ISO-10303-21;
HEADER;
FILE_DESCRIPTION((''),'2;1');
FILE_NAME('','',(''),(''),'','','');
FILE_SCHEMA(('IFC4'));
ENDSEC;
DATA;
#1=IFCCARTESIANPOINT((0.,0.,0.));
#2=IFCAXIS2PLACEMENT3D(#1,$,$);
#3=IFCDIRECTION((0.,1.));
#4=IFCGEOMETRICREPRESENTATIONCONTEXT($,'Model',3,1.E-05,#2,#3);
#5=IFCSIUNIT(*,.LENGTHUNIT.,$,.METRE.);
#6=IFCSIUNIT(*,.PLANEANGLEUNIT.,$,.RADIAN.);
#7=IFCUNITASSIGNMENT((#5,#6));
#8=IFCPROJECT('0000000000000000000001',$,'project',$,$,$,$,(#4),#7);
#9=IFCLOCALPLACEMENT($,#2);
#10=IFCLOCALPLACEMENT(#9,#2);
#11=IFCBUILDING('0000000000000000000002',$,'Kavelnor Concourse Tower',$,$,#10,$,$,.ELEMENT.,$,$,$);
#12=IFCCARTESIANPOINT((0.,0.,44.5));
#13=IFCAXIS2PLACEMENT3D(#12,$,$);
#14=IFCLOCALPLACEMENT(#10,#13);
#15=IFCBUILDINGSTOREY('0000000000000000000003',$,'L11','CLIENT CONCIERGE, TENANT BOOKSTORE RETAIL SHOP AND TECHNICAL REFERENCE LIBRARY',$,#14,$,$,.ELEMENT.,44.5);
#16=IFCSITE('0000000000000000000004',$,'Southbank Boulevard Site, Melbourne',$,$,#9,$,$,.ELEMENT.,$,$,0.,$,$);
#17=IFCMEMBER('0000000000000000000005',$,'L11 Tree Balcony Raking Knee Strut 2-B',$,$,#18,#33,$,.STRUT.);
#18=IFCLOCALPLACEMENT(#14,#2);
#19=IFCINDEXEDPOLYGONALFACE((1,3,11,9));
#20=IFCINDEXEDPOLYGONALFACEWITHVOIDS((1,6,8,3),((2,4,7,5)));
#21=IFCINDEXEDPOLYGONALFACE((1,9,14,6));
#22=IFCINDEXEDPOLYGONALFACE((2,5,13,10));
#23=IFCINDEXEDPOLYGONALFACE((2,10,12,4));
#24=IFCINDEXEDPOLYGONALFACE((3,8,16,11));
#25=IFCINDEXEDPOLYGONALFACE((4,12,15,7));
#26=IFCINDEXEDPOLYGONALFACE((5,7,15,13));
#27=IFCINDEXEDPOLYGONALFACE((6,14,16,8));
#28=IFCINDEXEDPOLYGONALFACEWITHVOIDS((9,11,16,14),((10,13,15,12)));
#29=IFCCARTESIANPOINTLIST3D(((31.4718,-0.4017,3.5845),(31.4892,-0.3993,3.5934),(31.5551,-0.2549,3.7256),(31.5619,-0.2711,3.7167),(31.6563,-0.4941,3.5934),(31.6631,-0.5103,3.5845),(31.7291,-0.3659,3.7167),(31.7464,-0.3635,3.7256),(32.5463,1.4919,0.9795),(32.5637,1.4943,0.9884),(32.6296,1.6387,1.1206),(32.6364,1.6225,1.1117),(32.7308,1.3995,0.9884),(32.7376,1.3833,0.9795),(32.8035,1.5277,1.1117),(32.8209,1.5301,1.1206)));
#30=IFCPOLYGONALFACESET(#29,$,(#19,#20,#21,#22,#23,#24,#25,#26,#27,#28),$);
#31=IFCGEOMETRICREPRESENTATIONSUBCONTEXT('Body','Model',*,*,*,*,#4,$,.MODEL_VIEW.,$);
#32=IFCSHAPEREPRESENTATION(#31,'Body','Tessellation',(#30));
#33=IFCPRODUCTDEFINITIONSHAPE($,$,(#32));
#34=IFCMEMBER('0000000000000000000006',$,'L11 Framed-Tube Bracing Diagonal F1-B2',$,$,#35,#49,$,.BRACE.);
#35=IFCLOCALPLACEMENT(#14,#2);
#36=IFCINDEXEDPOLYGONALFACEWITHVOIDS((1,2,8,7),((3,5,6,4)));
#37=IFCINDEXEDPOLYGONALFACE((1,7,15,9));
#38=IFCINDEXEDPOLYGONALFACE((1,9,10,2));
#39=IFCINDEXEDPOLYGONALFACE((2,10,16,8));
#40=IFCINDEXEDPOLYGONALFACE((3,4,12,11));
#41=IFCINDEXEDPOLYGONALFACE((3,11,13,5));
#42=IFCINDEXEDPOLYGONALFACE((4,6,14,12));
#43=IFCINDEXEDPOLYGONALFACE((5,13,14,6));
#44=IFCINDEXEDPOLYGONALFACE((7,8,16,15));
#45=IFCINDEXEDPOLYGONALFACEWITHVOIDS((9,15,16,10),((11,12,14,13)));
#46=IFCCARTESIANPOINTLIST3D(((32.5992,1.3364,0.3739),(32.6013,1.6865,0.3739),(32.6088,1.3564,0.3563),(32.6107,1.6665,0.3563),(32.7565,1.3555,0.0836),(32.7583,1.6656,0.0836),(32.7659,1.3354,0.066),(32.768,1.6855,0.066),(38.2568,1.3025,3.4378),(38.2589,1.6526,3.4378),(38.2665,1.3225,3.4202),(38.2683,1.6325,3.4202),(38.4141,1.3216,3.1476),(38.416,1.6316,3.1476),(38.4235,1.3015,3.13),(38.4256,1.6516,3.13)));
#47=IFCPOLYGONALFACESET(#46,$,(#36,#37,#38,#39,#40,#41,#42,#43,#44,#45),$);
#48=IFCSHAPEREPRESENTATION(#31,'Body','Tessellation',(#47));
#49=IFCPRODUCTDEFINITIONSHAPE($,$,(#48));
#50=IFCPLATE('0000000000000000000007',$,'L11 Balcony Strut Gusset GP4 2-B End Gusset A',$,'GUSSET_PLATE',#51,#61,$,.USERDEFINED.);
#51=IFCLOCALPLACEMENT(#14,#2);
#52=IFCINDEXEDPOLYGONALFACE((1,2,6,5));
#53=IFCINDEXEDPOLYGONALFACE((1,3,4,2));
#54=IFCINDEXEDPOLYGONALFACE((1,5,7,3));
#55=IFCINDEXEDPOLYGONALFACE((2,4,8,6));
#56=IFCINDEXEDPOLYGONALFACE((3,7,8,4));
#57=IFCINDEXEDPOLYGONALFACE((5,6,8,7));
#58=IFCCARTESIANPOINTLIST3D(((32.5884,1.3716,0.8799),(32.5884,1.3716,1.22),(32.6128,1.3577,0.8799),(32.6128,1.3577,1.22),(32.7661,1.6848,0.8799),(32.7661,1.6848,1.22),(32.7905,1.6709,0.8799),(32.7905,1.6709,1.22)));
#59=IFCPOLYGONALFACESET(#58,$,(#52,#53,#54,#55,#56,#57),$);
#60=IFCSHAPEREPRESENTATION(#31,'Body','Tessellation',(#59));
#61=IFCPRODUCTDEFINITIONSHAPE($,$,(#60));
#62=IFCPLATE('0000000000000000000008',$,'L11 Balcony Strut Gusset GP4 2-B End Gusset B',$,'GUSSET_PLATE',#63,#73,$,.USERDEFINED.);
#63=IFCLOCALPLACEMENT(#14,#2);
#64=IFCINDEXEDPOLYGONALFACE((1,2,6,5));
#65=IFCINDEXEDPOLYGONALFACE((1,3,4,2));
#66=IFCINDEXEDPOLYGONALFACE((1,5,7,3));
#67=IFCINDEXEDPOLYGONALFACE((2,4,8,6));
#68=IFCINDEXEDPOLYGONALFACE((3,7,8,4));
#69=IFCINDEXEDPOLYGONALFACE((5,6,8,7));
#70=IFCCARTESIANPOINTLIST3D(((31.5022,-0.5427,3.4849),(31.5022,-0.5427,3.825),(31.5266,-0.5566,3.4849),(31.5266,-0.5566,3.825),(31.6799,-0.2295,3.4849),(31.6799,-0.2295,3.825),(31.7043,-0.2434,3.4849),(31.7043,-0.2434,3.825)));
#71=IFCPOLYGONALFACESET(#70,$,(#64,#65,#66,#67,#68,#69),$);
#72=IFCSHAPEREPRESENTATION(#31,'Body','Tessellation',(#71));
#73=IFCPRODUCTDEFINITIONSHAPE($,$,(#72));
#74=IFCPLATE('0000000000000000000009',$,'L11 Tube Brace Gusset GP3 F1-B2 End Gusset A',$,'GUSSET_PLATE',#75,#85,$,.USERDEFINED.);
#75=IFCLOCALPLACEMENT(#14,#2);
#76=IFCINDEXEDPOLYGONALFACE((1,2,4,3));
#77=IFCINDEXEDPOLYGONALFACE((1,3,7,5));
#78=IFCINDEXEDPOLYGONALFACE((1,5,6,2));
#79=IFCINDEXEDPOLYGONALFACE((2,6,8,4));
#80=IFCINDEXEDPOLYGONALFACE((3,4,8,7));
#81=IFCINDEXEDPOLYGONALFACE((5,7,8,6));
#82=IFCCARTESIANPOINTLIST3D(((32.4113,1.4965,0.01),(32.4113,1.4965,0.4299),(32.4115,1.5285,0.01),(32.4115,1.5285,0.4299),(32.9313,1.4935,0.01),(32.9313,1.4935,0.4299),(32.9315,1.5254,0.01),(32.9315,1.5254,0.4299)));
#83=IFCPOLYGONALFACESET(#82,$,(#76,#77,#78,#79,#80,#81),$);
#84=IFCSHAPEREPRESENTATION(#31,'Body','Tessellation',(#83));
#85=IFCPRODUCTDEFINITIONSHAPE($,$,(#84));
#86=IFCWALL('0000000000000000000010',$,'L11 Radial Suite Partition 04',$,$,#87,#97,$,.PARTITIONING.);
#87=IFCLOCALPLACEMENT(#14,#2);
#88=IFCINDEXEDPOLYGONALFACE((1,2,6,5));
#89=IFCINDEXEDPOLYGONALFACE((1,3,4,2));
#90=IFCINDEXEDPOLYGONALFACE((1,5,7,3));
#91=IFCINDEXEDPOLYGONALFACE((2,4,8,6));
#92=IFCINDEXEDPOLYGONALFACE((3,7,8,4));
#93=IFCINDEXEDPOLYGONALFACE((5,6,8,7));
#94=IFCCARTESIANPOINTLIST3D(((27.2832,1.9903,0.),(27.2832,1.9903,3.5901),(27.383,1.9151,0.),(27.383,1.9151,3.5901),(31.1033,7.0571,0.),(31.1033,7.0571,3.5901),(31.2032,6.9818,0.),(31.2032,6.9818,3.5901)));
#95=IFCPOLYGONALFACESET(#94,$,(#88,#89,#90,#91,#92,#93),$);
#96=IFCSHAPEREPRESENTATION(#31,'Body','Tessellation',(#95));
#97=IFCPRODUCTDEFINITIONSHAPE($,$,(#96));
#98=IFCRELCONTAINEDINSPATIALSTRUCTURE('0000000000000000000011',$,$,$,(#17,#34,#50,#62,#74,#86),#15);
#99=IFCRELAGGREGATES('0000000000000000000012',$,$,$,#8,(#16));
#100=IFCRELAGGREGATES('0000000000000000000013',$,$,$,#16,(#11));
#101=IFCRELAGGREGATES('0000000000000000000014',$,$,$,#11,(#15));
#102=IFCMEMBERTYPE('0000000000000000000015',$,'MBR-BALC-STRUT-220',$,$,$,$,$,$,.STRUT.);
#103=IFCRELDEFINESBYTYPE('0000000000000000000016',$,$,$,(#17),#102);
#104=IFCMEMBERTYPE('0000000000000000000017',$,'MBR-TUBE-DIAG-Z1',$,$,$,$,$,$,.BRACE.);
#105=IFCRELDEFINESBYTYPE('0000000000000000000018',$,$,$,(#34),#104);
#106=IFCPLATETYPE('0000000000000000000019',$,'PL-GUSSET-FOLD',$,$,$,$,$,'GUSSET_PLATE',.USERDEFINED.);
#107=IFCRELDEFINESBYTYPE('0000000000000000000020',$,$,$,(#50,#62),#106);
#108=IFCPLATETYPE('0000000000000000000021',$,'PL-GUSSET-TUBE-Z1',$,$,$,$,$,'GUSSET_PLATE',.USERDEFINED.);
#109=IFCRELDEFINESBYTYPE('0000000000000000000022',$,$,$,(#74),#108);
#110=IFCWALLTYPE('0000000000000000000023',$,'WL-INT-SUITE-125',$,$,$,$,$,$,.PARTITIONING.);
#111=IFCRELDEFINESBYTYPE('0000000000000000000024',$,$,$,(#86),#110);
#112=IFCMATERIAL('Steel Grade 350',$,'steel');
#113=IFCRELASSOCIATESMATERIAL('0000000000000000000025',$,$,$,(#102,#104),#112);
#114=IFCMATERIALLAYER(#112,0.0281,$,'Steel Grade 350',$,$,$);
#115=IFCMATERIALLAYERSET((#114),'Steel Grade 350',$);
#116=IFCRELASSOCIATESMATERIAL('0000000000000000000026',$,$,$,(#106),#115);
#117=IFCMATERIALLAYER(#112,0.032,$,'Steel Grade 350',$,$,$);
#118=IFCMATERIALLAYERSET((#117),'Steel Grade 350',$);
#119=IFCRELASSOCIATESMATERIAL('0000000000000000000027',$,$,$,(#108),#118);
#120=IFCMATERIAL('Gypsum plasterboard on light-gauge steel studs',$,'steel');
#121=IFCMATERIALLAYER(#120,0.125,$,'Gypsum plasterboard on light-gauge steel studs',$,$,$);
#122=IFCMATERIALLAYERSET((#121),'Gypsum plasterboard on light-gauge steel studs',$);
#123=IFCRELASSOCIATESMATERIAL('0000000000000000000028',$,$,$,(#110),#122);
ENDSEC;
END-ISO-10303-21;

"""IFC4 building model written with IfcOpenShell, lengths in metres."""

from ifc_helpers import new_model, si_unit, direction, frame, frame_2d, origin, origin_2d, place, context, subcontext, project, spatial, rectangle, hollow_rectangle, extrude, material, layer, layer_set, material_profile, profile_set, type_object, element, save


model = new_model("IFC4")

# Units and contexts
model_context = context("Model", 3, precision=1e-05, world=origin(), true_north=direction((0.0, 1.0)))
body_context = subcontext(model_context, "Body", "Model", "MODEL_VIEW")
ifc_project = project(units=[si_unit("LENGTHUNIT", "METRE"), si_unit("PLANEANGLEUNIT", "RADIAN")], contexts=[model_context])

# Site, building, storey
site_placement = place(None, origin())
site = spatial("IfcSite", under=ifc_project, at=site_placement, Name="Southbank Boulevard Site, Melbourne", CompositionType="ELEMENT", RefElevation=0.0)
building_placement = place(site_placement, origin())
building = spatial("IfcBuilding", under=site, at=building_placement, Name="Kavelnor Concourse Tower", CompositionType="ELEMENT")
storey_placement = place(building_placement, frame((0.0, 0.0, 44.5)))
storey = spatial("IfcBuildingStorey", under=building, at=storey_placement, Name="L11", Description="CLIENT CONCIERGE, TENANT BOOKSTORE RETAIL SHOP AND TECHNICAL REFERENCE LIBRARY", CompositionType="ELEMENT", Elevation=44.5)

# Shared definitions
ifc_material_1 = material(Name="Steel Grade 350", Category="steel")

# Members
ifc_material_profile_1 = material_profile(ifc_material_1, hollow_rectangle(XDim=0.22, YDim=0.22, WallThickness=0.0139, at=origin_2d()), Name="SHS 220x220x14")
ifc_profile_set_1 = profile_set([ifc_material_profile_1], Name="Steel Grade 350")
member_type_1 = type_object("IfcMemberType", Name="MBR-BALC-STRUT-220", PredefinedType="STRUT", material=ifc_profile_set_1)
member_1_placement = place(storey_placement, frame((32.6836, 1.511, 1.05), z_axis=(-0.316485, -0.55775, 0.767302), x_axis=(0.869737, -0.493516, 0.0)))
element("IfcMember", 1, at=member_1_placement, inside=storey, type_object=member_type_1, Name="L11 Tree Balcony Raking Knee Strut 2-B", PredefinedType="STRUT", context=body_context, shape_type="SweptSolid", body=[
    extrude(hollow_rectangle(XDim=0.22, YDim=0.22, WallThickness=0.0139, at=origin_2d()), origin(), (0.0, 0.0, 1.0), 3.395),
])
ifc_material_profile_2 = material_profile(ifc_material_1, hollow_rectangle(XDim=0.3501, YDim=0.3501, WallThickness=0.02, at=origin_2d()), Name="SHS 350x350x20")
ifc_profile_set_2 = profile_set([ifc_material_profile_2], Name="Steel Grade 350")
member_type_2 = type_object("IfcMemberType", Name="MBR-TUBE-DIAG-Z1", PredefinedType="BRACE", material=ifc_profile_set_2)
member_2_placement = place(storey_placement, frame((32.6836, 1.511, 0.22), z_axis=(0.879321, -0.005274, 0.476201), x_axis=(0.005998, 0.999982, 0.0)))
element("IfcMember", 2, at=member_2_placement, inside=storey, type_object=member_type_2, Name="L11 Framed-Tube Bracing Diagonal F1-B2", PredefinedType="BRACE", context=body_context, shape_type="SweptSolid", body=[
    extrude(hollow_rectangle(XDim=0.3501, YDim=0.3501, WallThickness=0.02, at=origin_2d()), origin(), (0.0, 0.0, 1.0), 6.4341),
])

# Plates
ifc_layer_1 = layer(ifc_material_1, 0.0281, Name="Steel Grade 350")
ifc_layer_set_1 = layer_set([ifc_layer_1], Name="Steel Grade 350")
plate_type_1 = type_object("IfcPlateType", Name="PL-GUSSET-FOLD", ElementType="GUSSET_PLATE", PredefinedType="USERDEFINED", material=ifc_layer_set_1)
for number, where, z_axis, x_axis, name in (
    (3, (32.6895, 1.5212, 0.8799), (0.0, 0.0, 1.0), (-0.493487, -0.869753, 0.0), "L11 Balcony Strut Gusset GP4 2-B End Gusset A"),
    (4, (31.6033, -0.3931, 3.4849), (0.0, 0.0, 1.0), (-0.493487, -0.869753, 0.0), "L11 Balcony Strut Gusset GP4 2-B End Gusset B"),
):
    element("IfcPlate", number, at=place(storey_placement, frame(where, z_axis=z_axis, x_axis=x_axis)), inside=storey, type_object=plate_type_1, Name=name, ObjectType="GUSSET_PLATE", PredefinedType="USERDEFINED", context=body_context, shape_type="SweptSolid", body=[
        extrude(rectangle(XDim=0.3601, YDim=0.0281, at=origin_2d()), origin(), (0.0, 0.0, 1.0), 0.3401),
    ])
ifc_layer_2 = layer(ifc_material_1, 0.032, Name="Steel Grade 350")
ifc_layer_set_2 = layer_set([ifc_layer_2], Name="Steel Grade 350")
plate_type_2 = type_object("IfcPlateType", Name="PL-GUSSET-TUBE-Z1", ElementType="GUSSET_PLATE", PredefinedType="USERDEFINED", material=ifc_layer_set_2)
plate_placement = place(storey_placement, frame((32.6714, 1.511, 0.01), z_axis=(0.0, 0.0, 1.0), x_axis=(0.999982, -0.005934, 0.0)))
element("IfcPlate", 5, at=plate_placement, inside=storey, type_object=plate_type_2, Name="L11 Tube Brace Gusset GP3 F1-B2 End Gusset A", ObjectType="GUSSET_PLATE", PredefinedType="USERDEFINED", context=body_context, shape_type="SweptSolid", body=[
    extrude(rectangle(XDim=0.52, YDim=0.032, at=origin_2d()), origin(), (0.0, 0.0, 1.0), 0.4199),
])

# Wall
ifc_material_2 = material(Name="Gypsum plasterboard on light-gauge steel studs", Category="steel")
ifc_layer_3 = layer(ifc_material_2, 0.125, Name="Gypsum plasterboard on light-gauge steel studs")
ifc_layer_set_3 = layer_set([ifc_layer_3], Name="Gypsum plasterboard on light-gauge steel studs")
wall_type = type_object("IfcWallType", Name="WL-INT-SUITE-125", PredefinedType="PARTITIONING", material=ifc_layer_set_3)
wall_placement = place(storey_placement, frame((31.1533, 7.0195, 0.0), z_axis=(0.0, 0.0, 1.0), x_axis=(-0.602023, -0.798478, 0.0)))
element("IfcWall", 6, at=wall_placement, inside=storey, type_object=wall_type, Name="L11 Radial Suite Partition 04", PredefinedType="PARTITIONING", context=body_context, shape_type="SweptSolid", body=[
    extrude(rectangle(XDim=6.3455, YDim=0.125, at=frame_2d((3.1729, 0.0))), origin(), (0.0, 0.0, 1.0), 3.5901),
])

save(model, "model.ifc")
